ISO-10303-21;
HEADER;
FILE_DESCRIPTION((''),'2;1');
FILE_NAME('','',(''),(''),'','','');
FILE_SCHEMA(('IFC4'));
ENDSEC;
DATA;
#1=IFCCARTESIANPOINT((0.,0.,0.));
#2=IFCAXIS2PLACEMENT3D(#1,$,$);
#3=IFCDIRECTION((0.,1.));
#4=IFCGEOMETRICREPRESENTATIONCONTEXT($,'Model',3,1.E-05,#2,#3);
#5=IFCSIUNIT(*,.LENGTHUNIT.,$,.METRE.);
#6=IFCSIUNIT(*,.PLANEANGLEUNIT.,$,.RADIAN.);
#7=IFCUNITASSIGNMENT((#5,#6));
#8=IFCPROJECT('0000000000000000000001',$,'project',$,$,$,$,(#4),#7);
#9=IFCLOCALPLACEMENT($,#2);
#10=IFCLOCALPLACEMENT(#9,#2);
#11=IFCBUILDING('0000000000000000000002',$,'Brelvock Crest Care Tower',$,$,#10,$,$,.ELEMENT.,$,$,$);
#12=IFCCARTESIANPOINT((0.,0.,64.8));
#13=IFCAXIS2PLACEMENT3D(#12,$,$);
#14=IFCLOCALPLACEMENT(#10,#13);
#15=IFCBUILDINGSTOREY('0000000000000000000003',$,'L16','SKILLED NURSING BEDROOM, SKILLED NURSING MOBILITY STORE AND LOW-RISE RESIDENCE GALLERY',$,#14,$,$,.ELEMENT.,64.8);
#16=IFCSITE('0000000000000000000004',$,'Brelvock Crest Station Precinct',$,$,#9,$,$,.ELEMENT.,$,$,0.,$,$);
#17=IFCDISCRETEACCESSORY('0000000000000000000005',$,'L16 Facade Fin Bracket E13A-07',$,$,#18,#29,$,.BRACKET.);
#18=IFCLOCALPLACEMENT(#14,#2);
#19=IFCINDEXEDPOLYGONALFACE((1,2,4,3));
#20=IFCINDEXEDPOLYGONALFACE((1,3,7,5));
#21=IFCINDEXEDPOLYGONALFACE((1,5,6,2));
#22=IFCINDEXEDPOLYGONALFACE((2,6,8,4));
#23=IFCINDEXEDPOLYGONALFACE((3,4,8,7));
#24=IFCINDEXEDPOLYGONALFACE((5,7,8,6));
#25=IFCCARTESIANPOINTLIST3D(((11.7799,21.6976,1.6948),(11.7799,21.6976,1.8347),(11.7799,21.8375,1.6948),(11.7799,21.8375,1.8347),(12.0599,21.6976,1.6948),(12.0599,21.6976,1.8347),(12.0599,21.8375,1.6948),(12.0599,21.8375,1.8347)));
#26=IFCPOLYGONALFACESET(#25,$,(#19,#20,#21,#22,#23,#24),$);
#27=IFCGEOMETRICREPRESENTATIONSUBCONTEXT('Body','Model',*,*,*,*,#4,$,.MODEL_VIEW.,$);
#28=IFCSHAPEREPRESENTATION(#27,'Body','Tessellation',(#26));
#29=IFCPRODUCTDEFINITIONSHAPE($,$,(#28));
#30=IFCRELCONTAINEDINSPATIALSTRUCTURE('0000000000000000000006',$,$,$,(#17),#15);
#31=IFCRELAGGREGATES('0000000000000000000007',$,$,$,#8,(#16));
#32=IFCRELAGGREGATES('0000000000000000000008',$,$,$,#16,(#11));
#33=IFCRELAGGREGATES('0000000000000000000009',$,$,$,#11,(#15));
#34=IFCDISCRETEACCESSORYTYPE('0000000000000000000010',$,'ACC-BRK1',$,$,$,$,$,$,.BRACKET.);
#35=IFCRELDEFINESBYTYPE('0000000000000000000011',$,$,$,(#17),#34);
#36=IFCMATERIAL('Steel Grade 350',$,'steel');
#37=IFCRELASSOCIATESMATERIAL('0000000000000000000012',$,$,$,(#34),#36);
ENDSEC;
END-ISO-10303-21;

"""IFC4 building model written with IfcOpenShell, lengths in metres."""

from ifc_helpers import new_model, si_unit, direction, frame, origin, origin_2d, place, context, subcontext, project, spatial, rectangle, extrude, source, transform, mapped, material, type_object, element, save


model = new_model("IFC4")

# Units and contexts
model_context = context("Model", 3, precision=1e-05, world=origin(), true_north=direction((0.0, 1.0)))
body_context = subcontext(model_context, "Body", "Model", "MODEL_VIEW")
ifc_project = project(units=[si_unit("LENGTHUNIT", "METRE"), si_unit("PLANEANGLEUNIT", "RADIAN")], contexts=[model_context])

# Site, building, storey
site_placement = place(None, origin())
site = spatial("IfcSite", under=ifc_project, at=site_placement, Name="Brelvock Crest Station Precinct", CompositionType="ELEMENT", RefElevation=0.0)
building_placement = place(site_placement, origin())
building = spatial("IfcBuilding", under=site, at=building_placement, Name="Brelvock Crest Care Tower", CompositionType="ELEMENT")
storey_placement = place(building_placement, frame((0.0, 0.0, 64.8)))
storey = spatial("IfcBuildingStorey", under=building, at=storey_placement, Name="L16", Description="SKILLED NURSING BEDROOM, SKILLED NURSING MOBILITY STORE AND LOW-RISE RESIDENCE GALLERY", CompositionType="ELEMENT", Elevation=64.8)

# Shared definitions
ifc_material_1 = material(Name="Steel Grade 350", Category="steel")

# Discrete accessory
discrete_accessory_type = type_object("IfcDiscreteAccessoryType", Name="ACC-BRK1", PredefinedType="BRACKET", material=ifc_material_1)
shared_shape_1 = source(origin(), body_context, "Body", "SweptSolid", [
    extrude(rectangle(XDim=0.28, YDim=0.1399, at=origin_2d()), origin(), (0.0, 0.0, 1.0), 0.1399),
])
discrete_accessory_placement = place(storey_placement, frame((11.9199, 21.7676, 1.6948), z_axis=(0.0, 0.0, 1.0), x_axis=(-1.0, 0.0, 0.0)))
element("IfcDiscreteAccessory", 1, at=discrete_accessory_placement, inside=storey, type_object=discrete_accessory_type, Name="L16 Facade Fin Bracket E13A-07", PredefinedType="BRACKET", context=body_context, shape_type="MappedRepresentation", body=[
    mapped(shared_shape_1, transform((0.0, 0.0, 0.0), x_axis=(1.0, 0.0, 0.0), y_axis=(0.0, 1.0, 0.0), z_axis=(0.0, 0.0, 1.0), scale=1.0)),
])

save(model, "model.ifc")
